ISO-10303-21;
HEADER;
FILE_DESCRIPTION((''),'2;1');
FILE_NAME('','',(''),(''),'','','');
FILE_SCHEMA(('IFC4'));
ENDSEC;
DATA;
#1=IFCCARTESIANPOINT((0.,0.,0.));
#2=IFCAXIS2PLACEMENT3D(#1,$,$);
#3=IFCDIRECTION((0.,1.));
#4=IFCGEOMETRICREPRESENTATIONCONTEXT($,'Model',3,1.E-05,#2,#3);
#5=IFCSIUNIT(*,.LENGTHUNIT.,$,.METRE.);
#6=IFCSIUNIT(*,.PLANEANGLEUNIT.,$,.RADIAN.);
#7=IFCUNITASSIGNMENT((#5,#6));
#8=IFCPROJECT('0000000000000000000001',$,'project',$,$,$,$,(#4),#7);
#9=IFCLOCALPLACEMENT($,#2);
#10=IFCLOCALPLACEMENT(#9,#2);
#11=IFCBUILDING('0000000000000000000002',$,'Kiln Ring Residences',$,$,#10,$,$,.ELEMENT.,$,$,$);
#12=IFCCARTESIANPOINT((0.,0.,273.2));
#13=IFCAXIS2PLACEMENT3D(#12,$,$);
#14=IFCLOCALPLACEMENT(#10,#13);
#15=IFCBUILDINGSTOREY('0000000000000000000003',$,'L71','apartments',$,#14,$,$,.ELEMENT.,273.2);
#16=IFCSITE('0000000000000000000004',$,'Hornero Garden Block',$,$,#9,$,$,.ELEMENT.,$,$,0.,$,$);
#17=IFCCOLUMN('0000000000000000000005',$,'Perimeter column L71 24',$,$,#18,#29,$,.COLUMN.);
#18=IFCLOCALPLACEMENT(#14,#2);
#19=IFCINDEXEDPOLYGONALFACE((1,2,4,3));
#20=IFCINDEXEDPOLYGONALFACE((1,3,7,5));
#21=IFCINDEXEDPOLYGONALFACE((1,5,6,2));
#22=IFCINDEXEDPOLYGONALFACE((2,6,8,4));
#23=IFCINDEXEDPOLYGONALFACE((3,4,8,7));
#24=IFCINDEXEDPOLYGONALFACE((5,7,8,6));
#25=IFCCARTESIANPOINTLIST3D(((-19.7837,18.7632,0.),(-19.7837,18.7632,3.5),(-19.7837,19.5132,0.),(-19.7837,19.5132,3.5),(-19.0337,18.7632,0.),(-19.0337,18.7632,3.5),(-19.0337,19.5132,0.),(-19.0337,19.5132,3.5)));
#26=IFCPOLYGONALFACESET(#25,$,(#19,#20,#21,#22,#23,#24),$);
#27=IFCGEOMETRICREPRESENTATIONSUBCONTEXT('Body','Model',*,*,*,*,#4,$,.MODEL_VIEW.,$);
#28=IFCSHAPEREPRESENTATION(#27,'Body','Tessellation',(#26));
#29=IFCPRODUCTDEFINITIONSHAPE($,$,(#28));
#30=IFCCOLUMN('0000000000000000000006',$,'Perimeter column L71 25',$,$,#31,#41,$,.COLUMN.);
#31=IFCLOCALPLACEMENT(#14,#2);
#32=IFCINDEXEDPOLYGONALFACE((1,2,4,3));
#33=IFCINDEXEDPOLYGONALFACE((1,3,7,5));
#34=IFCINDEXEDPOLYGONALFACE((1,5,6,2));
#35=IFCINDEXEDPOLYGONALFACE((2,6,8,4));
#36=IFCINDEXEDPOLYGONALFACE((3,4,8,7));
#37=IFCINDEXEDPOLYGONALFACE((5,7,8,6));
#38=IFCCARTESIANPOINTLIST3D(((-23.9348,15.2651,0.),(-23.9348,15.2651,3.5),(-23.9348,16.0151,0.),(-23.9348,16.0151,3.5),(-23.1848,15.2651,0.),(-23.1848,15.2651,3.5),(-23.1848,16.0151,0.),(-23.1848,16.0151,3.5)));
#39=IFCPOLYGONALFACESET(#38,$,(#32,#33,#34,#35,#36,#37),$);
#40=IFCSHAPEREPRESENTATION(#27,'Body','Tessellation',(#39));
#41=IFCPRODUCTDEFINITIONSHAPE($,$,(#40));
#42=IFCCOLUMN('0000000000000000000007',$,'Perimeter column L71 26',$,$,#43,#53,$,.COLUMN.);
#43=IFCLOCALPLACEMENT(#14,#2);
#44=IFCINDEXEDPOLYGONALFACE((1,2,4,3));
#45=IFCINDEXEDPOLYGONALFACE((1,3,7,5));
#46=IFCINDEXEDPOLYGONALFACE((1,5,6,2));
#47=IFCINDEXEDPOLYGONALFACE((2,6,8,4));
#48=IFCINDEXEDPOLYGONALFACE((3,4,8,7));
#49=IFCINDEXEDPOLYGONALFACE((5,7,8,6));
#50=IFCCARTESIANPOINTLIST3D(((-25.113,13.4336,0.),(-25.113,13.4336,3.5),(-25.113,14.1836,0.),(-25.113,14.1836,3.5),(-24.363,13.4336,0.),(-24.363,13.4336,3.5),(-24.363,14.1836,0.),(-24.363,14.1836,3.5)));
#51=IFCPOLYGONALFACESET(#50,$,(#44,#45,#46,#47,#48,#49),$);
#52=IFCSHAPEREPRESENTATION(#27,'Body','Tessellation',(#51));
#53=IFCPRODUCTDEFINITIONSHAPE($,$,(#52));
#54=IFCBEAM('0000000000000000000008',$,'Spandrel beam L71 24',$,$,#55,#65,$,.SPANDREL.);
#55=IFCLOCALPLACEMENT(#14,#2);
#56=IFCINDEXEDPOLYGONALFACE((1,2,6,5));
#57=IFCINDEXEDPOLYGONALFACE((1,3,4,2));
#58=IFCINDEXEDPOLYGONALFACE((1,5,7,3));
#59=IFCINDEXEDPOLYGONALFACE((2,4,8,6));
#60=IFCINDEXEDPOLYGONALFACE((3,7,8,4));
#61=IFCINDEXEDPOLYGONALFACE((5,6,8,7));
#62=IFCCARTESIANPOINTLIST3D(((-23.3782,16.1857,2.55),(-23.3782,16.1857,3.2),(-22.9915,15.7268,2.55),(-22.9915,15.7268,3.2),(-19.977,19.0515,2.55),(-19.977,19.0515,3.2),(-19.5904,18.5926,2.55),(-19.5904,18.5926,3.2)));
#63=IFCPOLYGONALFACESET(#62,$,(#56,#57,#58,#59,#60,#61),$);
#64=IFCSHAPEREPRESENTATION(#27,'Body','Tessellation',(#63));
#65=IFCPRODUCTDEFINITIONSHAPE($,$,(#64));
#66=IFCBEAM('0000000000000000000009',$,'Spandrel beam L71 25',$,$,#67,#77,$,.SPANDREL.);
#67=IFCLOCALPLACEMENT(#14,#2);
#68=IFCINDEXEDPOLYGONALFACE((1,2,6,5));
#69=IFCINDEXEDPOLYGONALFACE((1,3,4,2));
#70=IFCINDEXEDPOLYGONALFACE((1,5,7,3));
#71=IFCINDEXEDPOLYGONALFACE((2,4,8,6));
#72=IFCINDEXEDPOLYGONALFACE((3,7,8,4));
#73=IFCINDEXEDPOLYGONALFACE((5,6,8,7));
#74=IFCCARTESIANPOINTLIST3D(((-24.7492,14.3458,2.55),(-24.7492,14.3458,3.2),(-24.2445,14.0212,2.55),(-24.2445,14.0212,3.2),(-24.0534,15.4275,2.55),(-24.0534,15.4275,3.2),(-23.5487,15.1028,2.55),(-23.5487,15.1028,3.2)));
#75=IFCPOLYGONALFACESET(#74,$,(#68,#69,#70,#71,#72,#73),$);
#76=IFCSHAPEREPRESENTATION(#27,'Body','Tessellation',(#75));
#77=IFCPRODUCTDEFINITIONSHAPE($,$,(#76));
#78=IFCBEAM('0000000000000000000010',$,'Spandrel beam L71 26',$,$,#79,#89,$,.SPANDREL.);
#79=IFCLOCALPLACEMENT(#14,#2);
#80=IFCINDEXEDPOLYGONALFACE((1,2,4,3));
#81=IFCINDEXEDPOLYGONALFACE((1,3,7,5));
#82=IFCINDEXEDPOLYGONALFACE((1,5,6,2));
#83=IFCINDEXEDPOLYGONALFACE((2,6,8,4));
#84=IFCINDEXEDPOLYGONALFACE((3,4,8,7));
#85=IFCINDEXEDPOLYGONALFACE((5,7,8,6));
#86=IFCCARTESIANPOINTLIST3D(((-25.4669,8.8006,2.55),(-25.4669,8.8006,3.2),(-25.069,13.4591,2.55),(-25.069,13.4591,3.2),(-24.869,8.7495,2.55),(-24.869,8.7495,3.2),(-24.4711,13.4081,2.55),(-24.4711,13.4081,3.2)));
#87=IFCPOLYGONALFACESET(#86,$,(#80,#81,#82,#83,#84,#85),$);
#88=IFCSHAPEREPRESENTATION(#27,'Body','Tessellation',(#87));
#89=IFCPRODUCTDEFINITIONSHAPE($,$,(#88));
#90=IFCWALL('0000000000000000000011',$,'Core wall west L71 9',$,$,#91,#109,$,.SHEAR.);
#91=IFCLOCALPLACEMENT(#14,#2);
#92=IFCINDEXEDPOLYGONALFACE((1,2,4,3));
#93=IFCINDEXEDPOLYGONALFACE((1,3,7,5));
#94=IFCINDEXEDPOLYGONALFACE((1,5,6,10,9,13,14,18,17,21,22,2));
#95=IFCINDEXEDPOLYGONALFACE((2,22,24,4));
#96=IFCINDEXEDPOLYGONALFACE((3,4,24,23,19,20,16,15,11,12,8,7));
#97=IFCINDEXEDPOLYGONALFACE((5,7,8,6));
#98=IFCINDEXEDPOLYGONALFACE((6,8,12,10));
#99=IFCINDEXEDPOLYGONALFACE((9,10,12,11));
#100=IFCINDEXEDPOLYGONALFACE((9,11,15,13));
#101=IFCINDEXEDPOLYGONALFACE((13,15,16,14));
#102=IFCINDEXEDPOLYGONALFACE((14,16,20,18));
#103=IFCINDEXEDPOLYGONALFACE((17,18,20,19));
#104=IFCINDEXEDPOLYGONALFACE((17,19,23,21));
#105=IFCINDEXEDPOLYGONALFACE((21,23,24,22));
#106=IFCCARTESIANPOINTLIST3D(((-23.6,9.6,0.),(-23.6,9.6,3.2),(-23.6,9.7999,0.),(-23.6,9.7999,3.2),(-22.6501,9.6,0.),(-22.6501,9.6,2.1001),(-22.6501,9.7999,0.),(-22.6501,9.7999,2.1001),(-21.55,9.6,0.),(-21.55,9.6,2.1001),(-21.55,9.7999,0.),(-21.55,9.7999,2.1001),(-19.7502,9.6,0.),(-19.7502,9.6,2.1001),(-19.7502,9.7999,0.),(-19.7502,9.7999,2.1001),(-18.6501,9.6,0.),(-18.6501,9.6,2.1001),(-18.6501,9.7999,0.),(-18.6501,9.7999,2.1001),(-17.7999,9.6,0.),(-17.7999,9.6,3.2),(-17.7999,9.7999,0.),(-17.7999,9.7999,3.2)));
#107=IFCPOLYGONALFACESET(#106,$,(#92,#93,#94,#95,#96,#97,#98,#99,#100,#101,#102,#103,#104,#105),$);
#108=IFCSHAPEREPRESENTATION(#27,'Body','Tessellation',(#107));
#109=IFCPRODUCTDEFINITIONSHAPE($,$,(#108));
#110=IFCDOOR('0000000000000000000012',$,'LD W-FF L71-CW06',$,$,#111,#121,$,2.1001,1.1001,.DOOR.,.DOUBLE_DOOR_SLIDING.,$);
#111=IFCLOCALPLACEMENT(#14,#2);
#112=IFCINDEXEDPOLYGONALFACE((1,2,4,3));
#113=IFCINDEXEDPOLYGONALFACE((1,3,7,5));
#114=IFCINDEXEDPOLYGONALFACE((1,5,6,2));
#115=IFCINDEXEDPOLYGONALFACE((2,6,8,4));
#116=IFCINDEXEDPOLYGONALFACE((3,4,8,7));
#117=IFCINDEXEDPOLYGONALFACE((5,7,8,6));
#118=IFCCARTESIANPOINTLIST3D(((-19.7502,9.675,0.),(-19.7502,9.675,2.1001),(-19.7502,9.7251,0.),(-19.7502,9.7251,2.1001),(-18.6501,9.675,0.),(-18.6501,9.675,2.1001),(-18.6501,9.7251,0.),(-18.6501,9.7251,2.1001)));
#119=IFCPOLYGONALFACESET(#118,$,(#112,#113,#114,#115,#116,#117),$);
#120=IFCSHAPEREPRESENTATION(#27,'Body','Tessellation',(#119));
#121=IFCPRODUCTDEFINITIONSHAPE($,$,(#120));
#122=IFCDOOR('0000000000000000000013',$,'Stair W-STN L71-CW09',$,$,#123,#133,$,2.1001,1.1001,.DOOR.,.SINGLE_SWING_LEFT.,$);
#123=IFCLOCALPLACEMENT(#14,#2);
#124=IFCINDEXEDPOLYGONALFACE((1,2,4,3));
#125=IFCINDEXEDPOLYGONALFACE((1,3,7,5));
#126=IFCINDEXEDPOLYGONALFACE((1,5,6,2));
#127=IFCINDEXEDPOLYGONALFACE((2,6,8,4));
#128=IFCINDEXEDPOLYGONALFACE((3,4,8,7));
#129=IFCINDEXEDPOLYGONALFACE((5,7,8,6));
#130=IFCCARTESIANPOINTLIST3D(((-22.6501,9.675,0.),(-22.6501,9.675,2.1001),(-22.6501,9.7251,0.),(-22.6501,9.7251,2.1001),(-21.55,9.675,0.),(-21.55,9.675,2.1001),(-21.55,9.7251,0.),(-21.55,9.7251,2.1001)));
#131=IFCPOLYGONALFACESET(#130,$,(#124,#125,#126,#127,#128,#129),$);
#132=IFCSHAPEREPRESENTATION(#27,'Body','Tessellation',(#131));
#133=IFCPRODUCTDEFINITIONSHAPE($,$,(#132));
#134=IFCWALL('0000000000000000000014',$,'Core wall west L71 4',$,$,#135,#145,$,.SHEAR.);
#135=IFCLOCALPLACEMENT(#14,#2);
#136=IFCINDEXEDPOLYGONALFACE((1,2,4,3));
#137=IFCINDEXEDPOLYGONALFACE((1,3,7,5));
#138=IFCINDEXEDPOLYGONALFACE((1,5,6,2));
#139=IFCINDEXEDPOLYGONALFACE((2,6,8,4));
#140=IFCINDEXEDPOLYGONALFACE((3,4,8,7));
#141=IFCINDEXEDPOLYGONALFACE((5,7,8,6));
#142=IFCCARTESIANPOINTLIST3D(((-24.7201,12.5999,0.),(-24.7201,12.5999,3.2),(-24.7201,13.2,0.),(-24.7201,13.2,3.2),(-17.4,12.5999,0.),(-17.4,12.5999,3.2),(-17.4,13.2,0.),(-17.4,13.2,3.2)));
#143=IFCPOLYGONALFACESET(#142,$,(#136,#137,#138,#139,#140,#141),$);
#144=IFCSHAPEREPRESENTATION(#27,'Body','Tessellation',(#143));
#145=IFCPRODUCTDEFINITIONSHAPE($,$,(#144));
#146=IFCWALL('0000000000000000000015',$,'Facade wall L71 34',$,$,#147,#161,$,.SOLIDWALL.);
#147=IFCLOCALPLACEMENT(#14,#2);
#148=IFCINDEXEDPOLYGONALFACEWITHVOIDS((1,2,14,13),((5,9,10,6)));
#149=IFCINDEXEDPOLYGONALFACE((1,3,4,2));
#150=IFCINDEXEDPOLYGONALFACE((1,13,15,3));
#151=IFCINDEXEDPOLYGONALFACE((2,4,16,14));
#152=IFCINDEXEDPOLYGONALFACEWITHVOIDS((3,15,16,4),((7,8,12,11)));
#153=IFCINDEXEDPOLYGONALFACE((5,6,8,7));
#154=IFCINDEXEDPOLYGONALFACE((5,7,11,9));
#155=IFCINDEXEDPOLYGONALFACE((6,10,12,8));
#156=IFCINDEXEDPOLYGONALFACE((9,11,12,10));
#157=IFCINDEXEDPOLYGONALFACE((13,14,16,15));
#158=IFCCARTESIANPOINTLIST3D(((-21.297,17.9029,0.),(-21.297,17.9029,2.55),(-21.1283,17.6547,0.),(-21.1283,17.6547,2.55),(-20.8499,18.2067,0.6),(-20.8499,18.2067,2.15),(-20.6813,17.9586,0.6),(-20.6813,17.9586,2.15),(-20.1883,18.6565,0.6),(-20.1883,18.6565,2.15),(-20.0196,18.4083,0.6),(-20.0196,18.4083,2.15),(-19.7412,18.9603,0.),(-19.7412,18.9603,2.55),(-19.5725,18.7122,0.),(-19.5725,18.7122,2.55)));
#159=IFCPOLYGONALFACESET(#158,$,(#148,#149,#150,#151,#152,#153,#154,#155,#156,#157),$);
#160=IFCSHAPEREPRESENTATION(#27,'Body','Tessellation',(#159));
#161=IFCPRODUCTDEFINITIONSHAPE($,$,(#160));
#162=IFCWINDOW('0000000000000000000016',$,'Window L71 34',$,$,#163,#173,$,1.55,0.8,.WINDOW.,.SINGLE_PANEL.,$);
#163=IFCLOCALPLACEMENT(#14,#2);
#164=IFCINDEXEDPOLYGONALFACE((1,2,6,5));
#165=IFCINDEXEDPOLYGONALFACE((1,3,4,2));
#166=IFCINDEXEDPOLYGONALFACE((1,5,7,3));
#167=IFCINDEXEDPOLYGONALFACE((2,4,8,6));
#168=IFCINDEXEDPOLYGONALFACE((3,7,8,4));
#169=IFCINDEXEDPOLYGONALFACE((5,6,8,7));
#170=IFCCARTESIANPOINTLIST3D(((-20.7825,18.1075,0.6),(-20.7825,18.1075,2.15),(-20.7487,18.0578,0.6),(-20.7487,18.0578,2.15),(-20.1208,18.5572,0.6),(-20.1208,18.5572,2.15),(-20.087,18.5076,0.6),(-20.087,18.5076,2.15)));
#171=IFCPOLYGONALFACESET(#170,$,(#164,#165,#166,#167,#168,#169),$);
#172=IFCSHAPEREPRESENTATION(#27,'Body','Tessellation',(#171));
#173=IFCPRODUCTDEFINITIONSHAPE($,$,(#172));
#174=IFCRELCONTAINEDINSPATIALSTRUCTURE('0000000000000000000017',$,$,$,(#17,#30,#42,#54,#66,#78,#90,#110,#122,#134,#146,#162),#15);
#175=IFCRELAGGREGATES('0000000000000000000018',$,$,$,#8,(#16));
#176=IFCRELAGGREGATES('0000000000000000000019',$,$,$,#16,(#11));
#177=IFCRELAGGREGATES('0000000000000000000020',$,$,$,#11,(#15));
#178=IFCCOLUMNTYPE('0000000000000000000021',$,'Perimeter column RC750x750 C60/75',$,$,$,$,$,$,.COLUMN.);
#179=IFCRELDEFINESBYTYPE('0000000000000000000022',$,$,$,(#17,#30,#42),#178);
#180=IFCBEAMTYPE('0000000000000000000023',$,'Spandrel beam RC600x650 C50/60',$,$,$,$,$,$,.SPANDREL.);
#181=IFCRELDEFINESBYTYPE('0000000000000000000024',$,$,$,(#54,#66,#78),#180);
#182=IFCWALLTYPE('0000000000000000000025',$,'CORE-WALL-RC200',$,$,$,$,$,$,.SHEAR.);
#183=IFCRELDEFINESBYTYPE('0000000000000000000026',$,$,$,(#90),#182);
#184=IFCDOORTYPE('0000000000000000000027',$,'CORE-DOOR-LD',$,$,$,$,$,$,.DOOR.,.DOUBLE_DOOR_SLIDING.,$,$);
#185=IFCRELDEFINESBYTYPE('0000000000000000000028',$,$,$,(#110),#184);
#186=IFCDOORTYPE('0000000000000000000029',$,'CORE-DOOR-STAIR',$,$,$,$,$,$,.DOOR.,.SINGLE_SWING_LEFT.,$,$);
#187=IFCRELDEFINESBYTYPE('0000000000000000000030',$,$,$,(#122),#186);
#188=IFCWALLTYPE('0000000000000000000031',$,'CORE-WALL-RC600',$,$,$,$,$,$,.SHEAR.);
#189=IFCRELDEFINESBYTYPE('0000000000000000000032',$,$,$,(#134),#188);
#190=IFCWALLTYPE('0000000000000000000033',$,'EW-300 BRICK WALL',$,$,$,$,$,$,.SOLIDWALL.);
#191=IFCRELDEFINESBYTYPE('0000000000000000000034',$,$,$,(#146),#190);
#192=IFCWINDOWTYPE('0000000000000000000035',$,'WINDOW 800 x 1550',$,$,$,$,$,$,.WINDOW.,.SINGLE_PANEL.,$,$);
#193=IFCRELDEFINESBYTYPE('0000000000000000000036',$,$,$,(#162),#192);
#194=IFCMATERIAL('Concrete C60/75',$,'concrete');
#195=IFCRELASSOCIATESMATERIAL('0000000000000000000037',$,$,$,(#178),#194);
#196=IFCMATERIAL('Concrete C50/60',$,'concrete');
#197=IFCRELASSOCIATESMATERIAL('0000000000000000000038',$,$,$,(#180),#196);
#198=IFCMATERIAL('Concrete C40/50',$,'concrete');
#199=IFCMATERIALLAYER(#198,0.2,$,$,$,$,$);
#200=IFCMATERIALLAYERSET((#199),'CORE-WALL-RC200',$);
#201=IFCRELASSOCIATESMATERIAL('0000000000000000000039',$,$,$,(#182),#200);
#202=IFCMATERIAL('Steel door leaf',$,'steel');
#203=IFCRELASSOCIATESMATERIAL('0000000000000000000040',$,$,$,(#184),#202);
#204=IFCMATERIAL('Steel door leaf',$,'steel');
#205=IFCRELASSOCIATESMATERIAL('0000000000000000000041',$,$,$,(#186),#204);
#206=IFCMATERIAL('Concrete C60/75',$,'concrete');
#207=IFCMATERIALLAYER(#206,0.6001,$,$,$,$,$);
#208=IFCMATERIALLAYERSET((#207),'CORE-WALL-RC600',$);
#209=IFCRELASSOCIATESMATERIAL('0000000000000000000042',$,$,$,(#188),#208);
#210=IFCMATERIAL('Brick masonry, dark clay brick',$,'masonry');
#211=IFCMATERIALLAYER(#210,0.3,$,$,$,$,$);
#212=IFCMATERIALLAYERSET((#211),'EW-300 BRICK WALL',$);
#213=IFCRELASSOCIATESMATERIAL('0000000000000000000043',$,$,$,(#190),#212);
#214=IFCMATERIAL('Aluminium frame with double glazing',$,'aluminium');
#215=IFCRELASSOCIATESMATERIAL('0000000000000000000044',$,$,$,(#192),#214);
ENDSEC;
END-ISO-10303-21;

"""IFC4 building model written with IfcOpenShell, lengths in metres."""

from ifc_helpers import new_model, si_unit, direction, frame, frame_2d, origin, origin_2d, place, context, subcontext, project, spatial, rectangle, extrude, material, layer, layer_set, material_profile, profile_set, type_object, element, fill, save


model = new_model("IFC4")

# Units and contexts
model_context = context("Model", 3, precision=1e-05, world=origin(), true_north=direction((0.0, 1.0)))
body_context = subcontext(model_context, "Body", "Model", "MODEL_VIEW")
ifc_project = project(units=[si_unit("LENGTHUNIT", "METRE"), si_unit("PLANEANGLEUNIT", "RADIAN")], contexts=[model_context])

# Site, building, storey
site_placement = place(None, origin())
site = spatial("IfcSite", under=ifc_project, at=site_placement, Name="Hornero Garden Block", CompositionType="ELEMENT", RefElevation=0.0)
building_placement = place(site_placement, origin())
building = spatial("IfcBuilding", under=site, at=building_placement, Name="Kiln Ring Residences", CompositionType="ELEMENT")
storey_placement = place(building_placement, frame((0.0, 0.0, 273.2)))
storey = spatial("IfcBuildingStorey", under=building, at=storey_placement, Name="L71", Description="apartments", CompositionType="ELEMENT", Elevation=273.2)

# Columns
ifc_material_1 = material(Name="Concrete C60/75", Category="concrete")
ifc_material_profile_1 = material_profile(ifc_material_1, rectangle(XDim=0.75, YDim=0.75, at=origin_2d()), Name="RC750x750")
ifc_profile_set_1 = profile_set([ifc_material_profile_1], Name="Concrete C60/75")
column_type = type_object("IfcColumnType", Name="Perimeter column RC750x750 C60/75", PredefinedType="COLUMN", material=ifc_profile_set_1)
for number, where, z_axis, x_axis, name in (
    (1, (-19.4087, 19.1382, 0.0), (0.0, 0.0, 1.0), (1.0, 0.0, 0.0), "Perimeter column L71 24"),
    (2, (-23.5598, 15.6401, 0.0), (0.0, 0.0, 1.0), (1.0, 0.0, 0.0), "Perimeter column L71 25"),
    (3, (-24.738, 13.8086, 0.0), (0.0, 0.0, 1.0), (1.0, 0.0, 0.0), "Perimeter column L71 26"),
):
    element("IfcColumn", number, at=place(storey_placement, frame(where, z_axis=z_axis, x_axis=x_axis)), inside=storey, type_object=column_type, Name=name, PredefinedType="COLUMN", context=body_context, shape_type="SweptSolid", body=[
        extrude(rectangle(XDim=0.75, YDim=0.75, at=origin_2d()), origin(), (0.0, 0.0, 1.0), 3.5),
    ])

# Beams
ifc_material_2 = material(Name="Concrete C50/60", Category="concrete")
ifc_material_profile_2 = material_profile(ifc_material_2, rectangle(XDim=0.6001, YDim=0.6499, at=origin_2d()), Name="RC600x650")
ifc_profile_set_2 = profile_set([ifc_material_profile_2], Name="Concrete C50/60")
beam_type = type_object("IfcBeamType", Name="Spandrel beam RC600x650 C50/60", PredefinedType="SPANDREL", material=ifc_profile_set_2)
beam_1_placement = place(storey_placement, frame((-19.7837, 18.822, 2.875), z_axis=(-0.764732, -0.644349, 0.0), x_axis=(0.644349, -0.764732, 0.0)))
element("IfcBeam", 4, at=beam_1_placement, inside=storey, type_object=beam_type, Name="Spandrel beam L71 24", PredefinedType="SPANDREL", context=body_context, shape_type="SweptSolid", body=[
    extrude(rectangle(XDim=0.6001, YDim=0.6499, at=origin_2d()), origin(), (0.0, 0.0, 1.0), 4.4475),
])
beam_2_placement = place(storey_placement, frame((-23.801, 15.2651, 2.875), z_axis=(-0.541045, -0.840993, 0.0), x_axis=(0.840993, -0.541045, 0.0)))
element("IfcBeam", 5, at=beam_2_placement, inside=storey, type_object=beam_type, Name="Spandrel beam L71 25", PredefinedType="SPANDREL", context=body_context, shape_type="SweptSolid", body=[
    extrude(rectangle(XDim=0.6001, YDim=0.6499, at=origin_2d()), origin(), (0.0, 0.0, 1.0), 1.2861),
])
beam_3_placement = place(storey_placement, frame((-24.77, 13.4336, 2.875), z_axis=(-0.085111, -0.996371, 0.0), x_axis=(0.996371, -0.085111, 0.0)))
element("IfcBeam", 6, at=beam_3_placement, inside=storey, type_object=beam_type, Name="Spandrel beam L71 26", PredefinedType="SPANDREL", context=body_context, shape_type="SweptSolid", body=[
    extrude(rectangle(XDim=0.6001, YDim=0.6499, at=origin_2d()), origin(), (0.0, 0.0, 1.0), 4.6755),
])

# Wall, openings, doors
ifc_material_3 = material(Name="Concrete C40/50", Category="concrete")
ifc_layer_1 = layer(ifc_material_3, 0.2)
ifc_layer_set_1 = layer_set([ifc_layer_1], Name="CORE-WALL-RC200")
wall_type_1 = type_object("IfcWallType", Name="CORE-WALL-RC200", PredefinedType="SHEAR", material=ifc_layer_set_1)
wall_1_placement = place(storey_placement, frame((-17.8, 9.7, 0.0), z_axis=(0.0, 0.0, 1.0), x_axis=(-1.0, 0.0, 0.0)))
wall_1 = element("IfcWall", 7, at=wall_1_placement, inside=storey, type_object=wall_type_1, Name="Core wall west L71 9", PredefinedType="SHEAR", context=body_context, shape_type="SweptSolid", body=[
    extrude(rectangle(XDim=5.8, YDim=0.2, at=frame_2d((2.8999, 0.0))), origin(), (0.0, 0.0, 1.0), 3.2),
])
opening_1_placement = place(wall_1_placement, frame((0.8501, 0.0, 0.0)))
opening_1 = element("IfcOpeningElement", 8, at=opening_1_placement, cuts=wall_1, PredefinedType="OPENING", context=body_context, shape_type="SweptSolid", body=[
    extrude(rectangle(XDim=1.1001, YDim=2.1001, at=frame_2d((0.55, 1.05))), frame((0.0, 0.1099, 0.0), z_axis=(0.0, -1.0, 0.0), x_axis=(1.0, 0.0, 0.0)), (0.0, 0.0, 1.0), 0.22),
])
opening_2_placement = place(wall_1_placement, frame((3.75, 0.0, 0.0)))
opening_2 = element("IfcOpeningElement", 9, at=opening_2_placement, cuts=wall_1, PredefinedType="OPENING", context=body_context, shape_type="SweptSolid", body=[
    extrude(rectangle(XDim=1.1001, YDim=2.1001, at=frame_2d((0.55, 1.05))), frame((0.0, 0.1099, 0.0), z_axis=(0.0, -1.0, 0.0), x_axis=(1.0, 0.0, 0.0)), (0.0, 0.0, 1.0), 0.22),
])
ifc_material_4 = material(Name="Steel door leaf", Category="steel")
door_type_1 = type_object("IfcDoorType", Name="CORE-DOOR-LD", OperationType="DOUBLE_DOOR_SLIDING", PredefinedType="DOOR", material=ifc_material_4)
door_1_placement = place(opening_1_placement, origin())
door_1 = element("IfcDoor", 10, at=door_1_placement, inside=storey, type_object=door_type_1, Name="LD W-FF L71-CW06", OperationType="DOUBLE_DOOR_SLIDING", OverallHeight=2.1001, OverallWidth=1.1001, PredefinedType="DOOR", context=body_context, shape_type="SweptSolid", body=[
    extrude(rectangle(XDim=1.1001, YDim=2.1001, at=frame_2d((0.55, 1.05))), frame((0.0, 0.0249, 0.0), z_axis=(0.0, -1.0, 0.0), x_axis=(1.0, 0.0, 0.0)), (0.0, 0.0, 1.0), 0.05),
])
fill(opening_1, door_1)
ifc_material_5 = material(Name="Steel door leaf", Category="steel")
door_type_2 = type_object("IfcDoorType", Name="CORE-DOOR-STAIR", OperationType="SINGLE_SWING_LEFT", PredefinedType="DOOR", material=ifc_material_5)
door_2_placement = place(opening_2_placement, origin())
door_2 = element("IfcDoor", 11, at=door_2_placement, inside=storey, type_object=door_type_2, Name="Stair W-STN L71-CW09", OperationType="SINGLE_SWING_LEFT", OverallHeight=2.1001, OverallWidth=1.1001, PredefinedType="DOOR", context=body_context, shape_type="SweptSolid", body=[
    extrude(rectangle(XDim=1.1001, YDim=2.1001, at=frame_2d((0.55, 1.05))), frame((0.0, 0.0249, 0.0), z_axis=(0.0, -1.0, 0.0), x_axis=(1.0, 0.0, 0.0)), (0.0, 0.0, 1.0), 0.05),
])
fill(opening_2, door_2)

# Wall
ifc_material_6 = material(Name="Concrete C60/75", Category="concrete")
ifc_layer_2 = layer(ifc_material_6, 0.6001)
ifc_layer_set_2 = layer_set([ifc_layer_2], Name="CORE-WALL-RC600")
wall_type_2 = type_object("IfcWallType", Name="CORE-WALL-RC600", PredefinedType="SHEAR", material=ifc_layer_set_2)
wall_2_placement = place(storey_placement, frame((-17.3999, 12.8999, 0.0), z_axis=(0.0, 0.0, 1.0), x_axis=(-1.0, 0.0, 0.0)))
element("IfcWall", 12, at=wall_2_placement, inside=storey, type_object=wall_type_2, Name="Core wall west L71 4", PredefinedType="SHEAR", context=body_context, shape_type="SweptSolid", body=[
    extrude(rectangle(XDim=7.3201, YDim=0.6001, at=frame_2d((3.6602, 0.0))), origin(), (0.0, 0.0, 1.0), 3.2),
])

# Wall, opening, window
ifc_material_7 = material(Name="Brick masonry, dark clay brick", Category="masonry")
ifc_layer_3 = layer(ifc_material_7, 0.3)
ifc_layer_set_3 = layer_set([ifc_layer_3], Name="EW-300 BRICK WALL")
wall_type_3 = type_object("IfcWallType", Name="EW-300 BRICK WALL", PredefinedType="SOLIDWALL", material=ifc_layer_set_3)
wall_3_placement = place(storey_placement, frame((-19.657, 18.8362, 0.0), z_axis=(0.0, 0.0, 1.0), x_axis=(-0.827045, -0.562136, 0.0)))
wall_3 = element("IfcWall", 13, at=wall_3_placement, inside=storey, type_object=wall_type_3, Name="Facade wall L71 34", PredefinedType="SOLIDWALL", context=body_context, shape_type="SweptSolid", body=[
    extrude(rectangle(XDim=1.8811, YDim=0.3, at=frame_2d((0.9404, 0.0))), origin(), (0.0, 0.0, 1.0), 2.55),
])
opening_3_placement = place(wall_3_placement, frame((0.5405, 0.0, 0.6001)))
opening_3 = element("IfcOpeningElement", 14, at=opening_3_placement, cuts=wall_3, PredefinedType="OPENING", context=body_context, shape_type="SweptSolid", body=[
    extrude(rectangle(XDim=0.8, YDim=1.55, at=frame_2d((0.3999, 0.7749))), frame((0.0, 0.1599, 0.0), z_axis=(0.0, -1.0, 0.0), x_axis=(1.0, 0.0, 0.0)), (0.0, 0.0, 1.0), 0.3201),
])
ifc_material_8 = material(Name="Aluminium frame with double glazing", Category="aluminium")
window_type_1 = type_object("IfcWindowType", Name="WINDOW 800 x 1550", PartitioningType="SINGLE_PANEL", PredefinedType="WINDOW", material=ifc_material_8)
window_1_placement = place(opening_3_placement, origin())
window_1 = element("IfcWindow", 15, at=window_1_placement, inside=storey, type_object=window_type_1, Name="Window L71 34", OverallHeight=1.55, OverallWidth=0.8, PartitioningType="SINGLE_PANEL", PredefinedType="WINDOW", context=body_context, shape_type="SweptSolid", body=[
    extrude(rectangle(XDim=0.8, YDim=1.55, at=frame_2d((0.3999, 0.7749))), frame((0.0, 0.03, 0.0), z_axis=(0.0, -1.0, 0.0), x_axis=(1.0, 0.0, 0.0)), (0.0, 0.0, 1.0), 0.0601),
])
fill(opening_3, window_1)

save(model, "model.ifc")
